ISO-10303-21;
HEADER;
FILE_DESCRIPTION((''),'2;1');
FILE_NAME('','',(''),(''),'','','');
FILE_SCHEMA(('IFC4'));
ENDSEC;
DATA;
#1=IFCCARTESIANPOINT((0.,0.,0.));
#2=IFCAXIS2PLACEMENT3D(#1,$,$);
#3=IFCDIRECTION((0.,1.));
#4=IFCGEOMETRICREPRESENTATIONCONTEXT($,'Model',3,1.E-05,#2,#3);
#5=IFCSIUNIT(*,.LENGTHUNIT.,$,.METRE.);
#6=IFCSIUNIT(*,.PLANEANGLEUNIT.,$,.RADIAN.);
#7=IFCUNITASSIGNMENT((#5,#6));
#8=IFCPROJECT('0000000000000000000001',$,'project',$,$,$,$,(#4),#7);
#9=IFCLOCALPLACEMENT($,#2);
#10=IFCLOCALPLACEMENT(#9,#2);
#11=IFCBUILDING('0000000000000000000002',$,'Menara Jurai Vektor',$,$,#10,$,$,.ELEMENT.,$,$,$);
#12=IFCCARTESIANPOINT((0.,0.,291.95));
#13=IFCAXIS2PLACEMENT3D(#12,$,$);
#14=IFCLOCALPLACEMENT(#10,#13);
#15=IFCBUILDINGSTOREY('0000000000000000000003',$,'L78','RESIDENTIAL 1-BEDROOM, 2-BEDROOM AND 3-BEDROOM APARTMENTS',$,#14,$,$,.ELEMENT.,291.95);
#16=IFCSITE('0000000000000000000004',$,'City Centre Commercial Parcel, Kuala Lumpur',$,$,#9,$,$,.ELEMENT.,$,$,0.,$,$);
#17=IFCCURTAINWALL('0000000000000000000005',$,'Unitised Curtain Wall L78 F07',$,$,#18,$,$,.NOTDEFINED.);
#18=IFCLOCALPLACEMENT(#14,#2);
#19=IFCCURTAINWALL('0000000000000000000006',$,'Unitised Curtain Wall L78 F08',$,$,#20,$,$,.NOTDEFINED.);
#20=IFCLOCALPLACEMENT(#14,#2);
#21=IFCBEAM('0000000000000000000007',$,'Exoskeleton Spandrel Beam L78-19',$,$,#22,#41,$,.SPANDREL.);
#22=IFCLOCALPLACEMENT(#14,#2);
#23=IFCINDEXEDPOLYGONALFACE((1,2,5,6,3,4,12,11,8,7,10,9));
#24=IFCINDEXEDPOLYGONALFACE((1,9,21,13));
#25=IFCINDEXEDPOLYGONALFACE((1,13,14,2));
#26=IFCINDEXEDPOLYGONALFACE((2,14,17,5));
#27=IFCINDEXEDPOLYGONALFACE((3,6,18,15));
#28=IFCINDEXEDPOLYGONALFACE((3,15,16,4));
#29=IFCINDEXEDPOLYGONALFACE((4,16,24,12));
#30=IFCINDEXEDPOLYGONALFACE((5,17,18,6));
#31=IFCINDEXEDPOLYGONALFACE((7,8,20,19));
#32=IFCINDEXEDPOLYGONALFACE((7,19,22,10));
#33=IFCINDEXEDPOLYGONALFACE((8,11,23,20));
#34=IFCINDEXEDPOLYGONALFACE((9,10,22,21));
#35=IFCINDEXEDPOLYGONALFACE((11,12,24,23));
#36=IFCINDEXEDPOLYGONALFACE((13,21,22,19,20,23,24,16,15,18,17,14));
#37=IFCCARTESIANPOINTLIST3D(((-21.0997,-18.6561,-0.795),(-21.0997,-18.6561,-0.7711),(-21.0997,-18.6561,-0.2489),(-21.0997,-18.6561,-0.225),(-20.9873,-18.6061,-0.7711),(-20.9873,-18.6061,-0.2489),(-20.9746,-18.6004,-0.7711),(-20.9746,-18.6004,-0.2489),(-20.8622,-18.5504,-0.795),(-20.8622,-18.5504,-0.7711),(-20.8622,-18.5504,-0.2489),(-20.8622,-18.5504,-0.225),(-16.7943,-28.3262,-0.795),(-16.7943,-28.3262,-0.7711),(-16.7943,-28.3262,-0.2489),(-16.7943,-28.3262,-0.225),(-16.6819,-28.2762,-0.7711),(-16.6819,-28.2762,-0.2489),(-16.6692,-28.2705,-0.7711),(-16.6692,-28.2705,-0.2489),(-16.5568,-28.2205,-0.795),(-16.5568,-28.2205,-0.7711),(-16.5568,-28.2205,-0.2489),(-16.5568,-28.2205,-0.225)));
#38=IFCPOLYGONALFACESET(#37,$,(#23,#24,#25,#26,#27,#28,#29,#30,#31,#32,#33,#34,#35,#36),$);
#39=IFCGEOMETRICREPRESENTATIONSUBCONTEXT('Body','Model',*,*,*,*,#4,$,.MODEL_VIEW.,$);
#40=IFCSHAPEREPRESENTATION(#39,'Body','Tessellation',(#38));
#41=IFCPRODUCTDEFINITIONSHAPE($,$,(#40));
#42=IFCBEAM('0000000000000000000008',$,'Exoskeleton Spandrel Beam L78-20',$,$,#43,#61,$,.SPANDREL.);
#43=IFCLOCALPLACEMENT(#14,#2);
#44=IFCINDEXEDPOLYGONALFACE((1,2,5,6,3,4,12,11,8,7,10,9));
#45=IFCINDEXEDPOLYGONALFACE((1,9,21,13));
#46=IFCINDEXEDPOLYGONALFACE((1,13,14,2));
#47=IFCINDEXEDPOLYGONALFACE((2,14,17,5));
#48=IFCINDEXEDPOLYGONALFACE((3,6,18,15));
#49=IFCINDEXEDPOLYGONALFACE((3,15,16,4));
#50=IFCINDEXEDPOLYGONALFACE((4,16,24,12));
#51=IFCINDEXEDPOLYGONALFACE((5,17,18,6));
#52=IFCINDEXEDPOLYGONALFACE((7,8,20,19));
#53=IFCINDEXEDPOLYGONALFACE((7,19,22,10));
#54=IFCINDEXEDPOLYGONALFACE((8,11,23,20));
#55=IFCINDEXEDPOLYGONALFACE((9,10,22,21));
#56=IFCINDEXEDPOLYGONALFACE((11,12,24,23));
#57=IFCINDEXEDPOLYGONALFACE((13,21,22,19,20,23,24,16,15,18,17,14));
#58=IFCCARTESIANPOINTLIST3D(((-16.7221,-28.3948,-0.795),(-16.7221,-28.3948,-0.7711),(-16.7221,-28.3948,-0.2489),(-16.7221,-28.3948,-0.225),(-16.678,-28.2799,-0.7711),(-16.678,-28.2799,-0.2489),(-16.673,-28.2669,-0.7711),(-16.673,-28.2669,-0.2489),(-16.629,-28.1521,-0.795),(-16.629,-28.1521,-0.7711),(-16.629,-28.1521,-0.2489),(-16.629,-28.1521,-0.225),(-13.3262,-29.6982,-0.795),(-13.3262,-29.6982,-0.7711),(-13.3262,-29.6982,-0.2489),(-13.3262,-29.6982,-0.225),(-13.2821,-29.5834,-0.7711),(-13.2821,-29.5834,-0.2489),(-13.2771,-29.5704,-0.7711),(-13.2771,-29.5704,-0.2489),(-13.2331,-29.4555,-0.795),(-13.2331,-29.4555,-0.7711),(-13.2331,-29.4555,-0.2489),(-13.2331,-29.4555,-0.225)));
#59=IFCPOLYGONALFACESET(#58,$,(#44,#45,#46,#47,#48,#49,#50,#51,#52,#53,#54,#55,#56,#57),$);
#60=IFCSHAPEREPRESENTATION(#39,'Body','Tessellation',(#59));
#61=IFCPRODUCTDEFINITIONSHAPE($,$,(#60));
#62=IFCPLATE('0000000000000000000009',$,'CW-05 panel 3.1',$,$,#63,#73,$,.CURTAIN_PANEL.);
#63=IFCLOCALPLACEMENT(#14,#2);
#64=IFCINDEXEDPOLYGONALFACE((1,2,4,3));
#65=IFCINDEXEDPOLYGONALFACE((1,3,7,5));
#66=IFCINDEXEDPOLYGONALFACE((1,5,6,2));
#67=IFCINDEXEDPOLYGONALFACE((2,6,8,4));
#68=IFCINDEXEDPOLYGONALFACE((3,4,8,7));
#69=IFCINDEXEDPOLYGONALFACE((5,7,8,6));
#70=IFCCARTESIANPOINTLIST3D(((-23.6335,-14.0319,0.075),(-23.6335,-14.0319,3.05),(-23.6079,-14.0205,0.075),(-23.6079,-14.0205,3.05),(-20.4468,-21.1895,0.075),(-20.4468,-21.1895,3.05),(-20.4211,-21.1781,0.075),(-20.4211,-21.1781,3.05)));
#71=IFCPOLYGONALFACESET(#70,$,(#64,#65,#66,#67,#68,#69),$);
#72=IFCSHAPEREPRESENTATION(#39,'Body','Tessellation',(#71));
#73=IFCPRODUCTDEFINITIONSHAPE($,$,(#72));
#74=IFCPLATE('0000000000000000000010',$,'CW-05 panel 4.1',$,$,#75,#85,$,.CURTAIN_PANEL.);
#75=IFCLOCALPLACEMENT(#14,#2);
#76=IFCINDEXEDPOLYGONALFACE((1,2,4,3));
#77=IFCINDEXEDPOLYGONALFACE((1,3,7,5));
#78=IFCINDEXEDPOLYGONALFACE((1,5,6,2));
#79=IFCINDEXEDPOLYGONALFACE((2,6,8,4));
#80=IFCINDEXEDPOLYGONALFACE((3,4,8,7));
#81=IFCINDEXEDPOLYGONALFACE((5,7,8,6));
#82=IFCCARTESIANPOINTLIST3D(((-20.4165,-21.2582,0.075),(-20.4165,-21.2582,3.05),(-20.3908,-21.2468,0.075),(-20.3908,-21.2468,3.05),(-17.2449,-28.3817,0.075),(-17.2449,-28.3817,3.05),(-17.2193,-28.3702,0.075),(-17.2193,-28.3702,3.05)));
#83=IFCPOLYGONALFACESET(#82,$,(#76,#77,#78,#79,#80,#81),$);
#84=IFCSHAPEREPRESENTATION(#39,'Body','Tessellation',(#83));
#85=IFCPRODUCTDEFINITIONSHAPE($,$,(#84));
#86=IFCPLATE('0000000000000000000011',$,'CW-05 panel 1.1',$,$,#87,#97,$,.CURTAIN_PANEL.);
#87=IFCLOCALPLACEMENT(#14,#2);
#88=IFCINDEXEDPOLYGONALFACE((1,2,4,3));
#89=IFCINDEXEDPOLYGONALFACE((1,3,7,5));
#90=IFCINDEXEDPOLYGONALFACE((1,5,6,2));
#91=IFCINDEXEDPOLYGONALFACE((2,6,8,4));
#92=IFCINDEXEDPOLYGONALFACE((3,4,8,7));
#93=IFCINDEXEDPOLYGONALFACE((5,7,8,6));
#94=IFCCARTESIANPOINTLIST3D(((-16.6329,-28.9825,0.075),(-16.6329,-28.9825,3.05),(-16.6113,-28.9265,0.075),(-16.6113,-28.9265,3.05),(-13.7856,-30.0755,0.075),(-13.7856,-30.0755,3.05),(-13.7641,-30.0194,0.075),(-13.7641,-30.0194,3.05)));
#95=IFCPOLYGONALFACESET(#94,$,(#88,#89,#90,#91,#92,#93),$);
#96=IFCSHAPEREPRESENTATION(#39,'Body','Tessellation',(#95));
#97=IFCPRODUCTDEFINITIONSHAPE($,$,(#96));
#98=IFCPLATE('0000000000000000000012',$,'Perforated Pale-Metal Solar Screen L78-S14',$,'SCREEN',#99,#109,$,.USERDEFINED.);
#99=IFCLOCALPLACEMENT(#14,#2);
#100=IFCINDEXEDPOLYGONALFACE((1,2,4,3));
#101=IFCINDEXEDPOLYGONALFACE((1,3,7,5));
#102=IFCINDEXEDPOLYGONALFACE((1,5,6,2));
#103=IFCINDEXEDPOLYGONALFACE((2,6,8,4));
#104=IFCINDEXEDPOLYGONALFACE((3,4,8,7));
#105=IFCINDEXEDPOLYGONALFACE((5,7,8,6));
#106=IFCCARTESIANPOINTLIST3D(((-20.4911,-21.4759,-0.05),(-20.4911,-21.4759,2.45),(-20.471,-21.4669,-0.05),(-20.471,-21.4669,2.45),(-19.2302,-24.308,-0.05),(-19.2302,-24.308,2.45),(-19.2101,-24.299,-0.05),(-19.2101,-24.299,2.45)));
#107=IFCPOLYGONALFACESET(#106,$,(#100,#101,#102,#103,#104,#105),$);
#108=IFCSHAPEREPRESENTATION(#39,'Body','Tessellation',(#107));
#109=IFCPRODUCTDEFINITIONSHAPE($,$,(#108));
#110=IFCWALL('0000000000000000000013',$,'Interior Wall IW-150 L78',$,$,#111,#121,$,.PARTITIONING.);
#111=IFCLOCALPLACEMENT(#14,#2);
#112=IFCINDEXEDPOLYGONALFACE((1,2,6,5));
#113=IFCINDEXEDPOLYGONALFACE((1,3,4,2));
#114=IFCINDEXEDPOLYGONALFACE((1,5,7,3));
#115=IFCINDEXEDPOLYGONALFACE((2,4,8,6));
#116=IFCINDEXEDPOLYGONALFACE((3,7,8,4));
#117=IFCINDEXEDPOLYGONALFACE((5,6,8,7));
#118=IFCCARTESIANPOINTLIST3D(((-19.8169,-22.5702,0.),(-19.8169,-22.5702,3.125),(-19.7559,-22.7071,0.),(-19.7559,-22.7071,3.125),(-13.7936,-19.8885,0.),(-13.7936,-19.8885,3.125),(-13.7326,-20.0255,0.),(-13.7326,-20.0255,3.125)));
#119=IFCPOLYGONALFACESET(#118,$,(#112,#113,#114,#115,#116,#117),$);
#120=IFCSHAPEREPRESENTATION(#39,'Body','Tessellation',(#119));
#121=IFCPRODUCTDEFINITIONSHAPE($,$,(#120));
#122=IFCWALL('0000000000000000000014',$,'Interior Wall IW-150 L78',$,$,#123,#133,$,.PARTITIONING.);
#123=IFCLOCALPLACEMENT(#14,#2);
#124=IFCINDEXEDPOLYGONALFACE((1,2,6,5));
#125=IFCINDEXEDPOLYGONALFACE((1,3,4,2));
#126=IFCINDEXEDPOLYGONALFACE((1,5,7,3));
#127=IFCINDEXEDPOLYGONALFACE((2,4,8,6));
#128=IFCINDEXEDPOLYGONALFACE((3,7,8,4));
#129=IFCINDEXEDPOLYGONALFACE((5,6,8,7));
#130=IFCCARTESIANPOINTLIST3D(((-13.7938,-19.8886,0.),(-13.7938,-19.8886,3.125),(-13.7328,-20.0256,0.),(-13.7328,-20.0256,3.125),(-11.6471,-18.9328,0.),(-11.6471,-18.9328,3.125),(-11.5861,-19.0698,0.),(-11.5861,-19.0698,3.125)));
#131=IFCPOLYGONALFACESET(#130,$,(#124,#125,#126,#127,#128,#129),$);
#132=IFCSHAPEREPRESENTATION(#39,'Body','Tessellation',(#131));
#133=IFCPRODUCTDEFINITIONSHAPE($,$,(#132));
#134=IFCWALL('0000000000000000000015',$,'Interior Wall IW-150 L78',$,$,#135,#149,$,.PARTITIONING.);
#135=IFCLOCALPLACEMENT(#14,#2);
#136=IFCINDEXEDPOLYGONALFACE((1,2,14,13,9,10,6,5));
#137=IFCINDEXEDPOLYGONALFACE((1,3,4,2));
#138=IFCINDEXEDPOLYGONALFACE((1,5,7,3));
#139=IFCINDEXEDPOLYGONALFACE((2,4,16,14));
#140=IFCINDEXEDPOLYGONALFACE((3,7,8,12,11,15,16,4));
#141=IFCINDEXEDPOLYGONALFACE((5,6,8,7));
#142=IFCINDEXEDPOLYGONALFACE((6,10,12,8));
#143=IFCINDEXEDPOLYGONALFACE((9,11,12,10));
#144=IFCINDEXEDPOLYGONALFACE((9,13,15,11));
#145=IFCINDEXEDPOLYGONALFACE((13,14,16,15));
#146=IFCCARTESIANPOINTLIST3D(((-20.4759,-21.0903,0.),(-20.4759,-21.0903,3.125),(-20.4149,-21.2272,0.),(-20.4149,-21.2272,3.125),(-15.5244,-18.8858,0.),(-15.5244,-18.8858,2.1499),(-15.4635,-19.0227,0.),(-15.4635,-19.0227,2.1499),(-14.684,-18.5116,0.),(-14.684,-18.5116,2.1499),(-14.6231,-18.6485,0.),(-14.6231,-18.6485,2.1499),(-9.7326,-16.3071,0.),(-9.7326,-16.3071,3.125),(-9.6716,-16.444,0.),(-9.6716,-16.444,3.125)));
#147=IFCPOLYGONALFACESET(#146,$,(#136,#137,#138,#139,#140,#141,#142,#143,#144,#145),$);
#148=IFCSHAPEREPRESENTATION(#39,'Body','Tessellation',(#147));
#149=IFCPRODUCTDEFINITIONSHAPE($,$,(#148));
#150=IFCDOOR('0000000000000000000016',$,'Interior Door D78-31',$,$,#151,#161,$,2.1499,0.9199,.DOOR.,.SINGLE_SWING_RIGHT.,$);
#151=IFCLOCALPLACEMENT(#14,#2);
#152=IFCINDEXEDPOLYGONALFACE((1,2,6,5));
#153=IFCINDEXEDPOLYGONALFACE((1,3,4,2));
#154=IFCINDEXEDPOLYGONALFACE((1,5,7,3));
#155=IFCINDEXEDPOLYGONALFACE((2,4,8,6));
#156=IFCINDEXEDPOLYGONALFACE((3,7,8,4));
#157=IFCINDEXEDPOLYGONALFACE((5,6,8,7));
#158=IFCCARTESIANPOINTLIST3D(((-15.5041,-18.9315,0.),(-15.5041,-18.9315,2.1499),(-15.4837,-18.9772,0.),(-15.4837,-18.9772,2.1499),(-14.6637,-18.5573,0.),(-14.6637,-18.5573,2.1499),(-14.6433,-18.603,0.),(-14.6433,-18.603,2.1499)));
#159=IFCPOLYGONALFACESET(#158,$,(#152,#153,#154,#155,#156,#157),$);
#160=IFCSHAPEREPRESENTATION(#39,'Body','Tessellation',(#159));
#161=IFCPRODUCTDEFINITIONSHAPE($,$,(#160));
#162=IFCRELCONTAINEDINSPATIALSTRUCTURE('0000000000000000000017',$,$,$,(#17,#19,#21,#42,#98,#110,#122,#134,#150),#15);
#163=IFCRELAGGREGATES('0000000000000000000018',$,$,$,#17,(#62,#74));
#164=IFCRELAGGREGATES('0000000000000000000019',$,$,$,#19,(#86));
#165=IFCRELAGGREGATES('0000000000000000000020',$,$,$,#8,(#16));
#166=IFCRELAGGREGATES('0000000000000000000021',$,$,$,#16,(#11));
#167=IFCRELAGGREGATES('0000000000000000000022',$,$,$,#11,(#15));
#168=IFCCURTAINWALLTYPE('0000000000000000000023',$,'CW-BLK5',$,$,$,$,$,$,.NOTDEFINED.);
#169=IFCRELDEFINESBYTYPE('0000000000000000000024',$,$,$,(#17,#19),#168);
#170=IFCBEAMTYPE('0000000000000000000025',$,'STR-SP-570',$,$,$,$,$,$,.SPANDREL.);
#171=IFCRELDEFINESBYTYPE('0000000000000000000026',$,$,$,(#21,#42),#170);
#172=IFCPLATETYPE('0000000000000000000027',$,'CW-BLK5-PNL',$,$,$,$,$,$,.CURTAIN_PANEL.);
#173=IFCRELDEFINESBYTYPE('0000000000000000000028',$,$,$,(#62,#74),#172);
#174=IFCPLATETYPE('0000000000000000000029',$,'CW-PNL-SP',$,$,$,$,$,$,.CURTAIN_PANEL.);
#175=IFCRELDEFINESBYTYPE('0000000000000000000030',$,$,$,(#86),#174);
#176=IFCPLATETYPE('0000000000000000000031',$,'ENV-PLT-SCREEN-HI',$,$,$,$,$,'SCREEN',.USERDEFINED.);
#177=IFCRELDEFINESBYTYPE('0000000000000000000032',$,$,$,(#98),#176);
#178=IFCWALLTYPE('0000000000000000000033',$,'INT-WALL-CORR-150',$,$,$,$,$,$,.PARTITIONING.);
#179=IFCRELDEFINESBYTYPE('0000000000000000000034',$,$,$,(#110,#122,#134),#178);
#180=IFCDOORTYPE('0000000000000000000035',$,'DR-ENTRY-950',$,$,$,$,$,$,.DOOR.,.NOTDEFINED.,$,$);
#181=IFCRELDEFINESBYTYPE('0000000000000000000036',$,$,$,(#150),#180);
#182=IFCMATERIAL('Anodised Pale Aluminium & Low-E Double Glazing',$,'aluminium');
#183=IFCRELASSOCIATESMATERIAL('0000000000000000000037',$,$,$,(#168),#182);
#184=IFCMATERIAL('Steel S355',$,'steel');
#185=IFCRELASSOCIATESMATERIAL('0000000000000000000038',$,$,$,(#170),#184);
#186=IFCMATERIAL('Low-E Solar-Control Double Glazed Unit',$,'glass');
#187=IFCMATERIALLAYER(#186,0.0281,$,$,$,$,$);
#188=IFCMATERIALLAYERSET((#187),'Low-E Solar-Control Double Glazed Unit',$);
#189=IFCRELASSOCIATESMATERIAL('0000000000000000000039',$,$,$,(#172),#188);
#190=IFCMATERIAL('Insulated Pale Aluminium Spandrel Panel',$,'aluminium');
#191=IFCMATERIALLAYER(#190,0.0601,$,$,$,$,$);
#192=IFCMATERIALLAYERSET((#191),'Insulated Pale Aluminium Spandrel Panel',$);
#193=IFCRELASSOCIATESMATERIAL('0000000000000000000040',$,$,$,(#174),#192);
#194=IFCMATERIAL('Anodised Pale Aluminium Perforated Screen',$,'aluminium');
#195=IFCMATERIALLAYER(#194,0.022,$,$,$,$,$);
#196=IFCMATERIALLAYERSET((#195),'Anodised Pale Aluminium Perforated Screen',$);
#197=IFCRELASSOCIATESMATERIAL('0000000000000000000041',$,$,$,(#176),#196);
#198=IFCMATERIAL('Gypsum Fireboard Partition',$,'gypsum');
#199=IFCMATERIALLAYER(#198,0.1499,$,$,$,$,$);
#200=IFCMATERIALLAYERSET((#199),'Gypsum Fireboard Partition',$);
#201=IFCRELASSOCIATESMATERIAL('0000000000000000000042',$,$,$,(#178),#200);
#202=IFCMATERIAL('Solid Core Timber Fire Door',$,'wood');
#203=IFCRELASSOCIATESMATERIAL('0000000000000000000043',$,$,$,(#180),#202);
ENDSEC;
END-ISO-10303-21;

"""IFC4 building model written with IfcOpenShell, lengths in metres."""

from ifc_helpers import new_model, si_unit, direction, frame, frame_2d, origin, origin_2d, place, context, subcontext, project, spatial, rectangle, i_section, extrude, material, layer, layer_set, material_profile, profile_set, type_object, element, fill, aggregate, save


model = new_model("IFC4")

# Units and contexts
model_context = context("Model", 3, precision=1e-05, world=origin(), true_north=direction((0.0, 1.0)))
body_context = subcontext(model_context, "Body", "Model", "MODEL_VIEW")
ifc_project = project(units=[si_unit("LENGTHUNIT", "METRE"), si_unit("PLANEANGLEUNIT", "RADIAN")], contexts=[model_context])

# Site, building, storey
site_placement = place(None, origin())
site = spatial("IfcSite", under=ifc_project, at=site_placement, Name="City Centre Commercial Parcel, Kuala Lumpur", CompositionType="ELEMENT", RefElevation=0.0)
building_placement = place(site_placement, origin())
building = spatial("IfcBuilding", under=site, at=building_placement, Name="Menara Jurai Vektor", CompositionType="ELEMENT")
storey_placement = place(building_placement, frame((0.0, 0.0, 291.95)))
storey = spatial("IfcBuildingStorey", under=building, at=storey_placement, Name="L78", Description="RESIDENTIAL 1-BEDROOM, 2-BEDROOM AND 3-BEDROOM APARTMENTS", CompositionType="ELEMENT", Elevation=291.95)

# Curtain wall
ifc_material_1 = material(Name="Anodised Pale Aluminium & Low-E Double Glazing", Category="aluminium")
curtain_wall_type = type_object("IfcCurtainWallType", Name="CW-BLK5", PredefinedType="NOTDEFINED", material=ifc_material_1)
curtain_wall_1_placement = place(storey_placement, origin())
curtain_wall_1 = element("IfcCurtainWall", 1, at=curtain_wall_1_placement, inside=storey, type_object=curtain_wall_type, Name="Unitised Curtain Wall L78 F07", PredefinedType="NOTDEFINED")

# Curtain wall
curtain_wall_2_placement = place(storey_placement, origin())
curtain_wall_2 = element("IfcCurtainWall", 2, at=curtain_wall_2_placement, inside=storey, type_object=curtain_wall_type, Name="Unitised Curtain Wall L78 F08", PredefinedType="NOTDEFINED")

# Shared definitions
ifc_material_2 = material(Name="Steel S355", Category="steel")

# Beams
ifc_material_profile_1 = material_profile(ifc_material_2, i_section(OverallWidth=0.26, OverallDepth=0.5701, WebThickness=0.0139, FlangeThickness=0.0239, at=origin_2d()), Name="PG 570x260x145")
ifc_profile_set_1 = profile_set([ifc_material_profile_1], Name="Steel S355")
beam_type_1 = type_object("IfcBeamType", Name="STR-SP-570", PredefinedType="SPANDREL", material=ifc_profile_set_1)
beam_1_placement = place(storey_placement, frame((-20.981, -18.6033, -0.51), z_axis=(0.406735, -0.913546, 0.0), x_axis=(0.913546, 0.406735, 0.0)))
element("IfcBeam", 3, at=beam_1_placement, inside=storey, type_object=beam_type_1, Name="Exoskeleton Spandrel Beam L78-19", PredefinedType="SPANDREL", context=body_context, shape_type="SweptSolid", body=[
    extrude(i_section(OverallWidth=0.26, OverallDepth=0.5701, WebThickness=0.0139, FlangeThickness=0.0239, at=origin_2d()), origin(), (0.0, 0.0, 1.0), 10.5852),
])
beam_2_placement = place(storey_placement, frame((-16.6755, -28.2734, -0.51), z_axis=(0.933593, -0.358336, 0.0), x_axis=(0.358336, 0.933593, 0.0)))
element("IfcBeam", 4, at=beam_2_placement, inside=storey, type_object=beam_type_1, Name="Exoskeleton Spandrel Beam L78-20", PredefinedType="SPANDREL", context=body_context, shape_type="SweptSolid", body=[
    extrude(i_section(OverallWidth=0.26, OverallDepth=0.5701, WebThickness=0.0139, FlangeThickness=0.0239, at=origin_2d()), origin(), (0.0, 0.0, 1.0), 3.6375),
])

# Plates
ifc_material_3 = material(Name="Low-E Solar-Control Double Glazed Unit", Category="glass")
ifc_layer_1 = layer(ifc_material_3, 0.0281)
ifc_layer_set_1 = layer_set([ifc_layer_1], Name="Low-E Solar-Control Double Glazed Unit")
plate_type_1 = type_object("IfcPlateType", Name="CW-BLK5-PNL", PredefinedType="CURTAIN_PANEL", material=ifc_layer_set_1)
plate_1_placement = place(storey_placement, frame((-22.0273, -17.605, 0.075), z_axis=(0.0, 0.0, 1.0), x_axis=(0.406735, -0.913546, 0.0)))
plate_1 = element("IfcPlate", 5, at=plate_1_placement, type_object=plate_type_1, Name="CW-05 panel 3.1", PredefinedType="CURTAIN_PANEL", context=body_context, shape_type="SweptSolid", body=[
    extrude(rectangle(XDim=7.835, YDim=0.0281, at=origin_2d()), origin(), (0.0, 0.0, 1.0), 2.9751),
])
plate_2_placement = place(storey_placement, frame((-18.8179, -24.8142, 0.075), z_axis=(0.0, 0.0, 1.0), x_axis=(0.406735, -0.913546, 0.0)))
plate_2 = element("IfcPlate", 6, at=plate_2_placement, type_object=plate_type_1, Name="CW-05 panel 4.1", PredefinedType="CURTAIN_PANEL", context=body_context, shape_type="SweptSolid", body=[
    extrude(rectangle(XDim=7.7976, YDim=0.0281, at=origin_2d()), origin(), (0.0, 0.0, 1.0), 2.9751),
])
aggregate(curtain_wall_1, [plate_1, plate_2])
ifc_material_4 = material(Name="Insulated Pale Aluminium Spandrel Panel", Category="aluminium")
ifc_layer_2 = layer(ifc_material_4, 0.0601)
ifc_layer_set_2 = layer_set([ifc_layer_2], Name="Insulated Pale Aluminium Spandrel Panel")
plate_type_2 = type_object("IfcPlateType", Name="CW-PNL-SP", PredefinedType="CURTAIN_PANEL", material=ifc_layer_set_2)
plate_3_placement = place(storey_placement, frame((-15.1985, -29.501, 0.075), z_axis=(0.0, 0.0, 1.0), x_axis=(0.933578, -0.358374, 0.0)))
plate_3 = element("IfcPlate", 7, at=plate_3_placement, type_object=plate_type_2, Name="CW-05 panel 1.1", PredefinedType="CURTAIN_PANEL", context=body_context, shape_type="SweptSolid", body=[
    extrude(rectangle(XDim=3.0498, YDim=0.0601, at=origin_2d()), origin(), (0.0, 0.0, 1.0), 2.9751),
])
aggregate(curtain_wall_2, [plate_3])
ifc_material_5 = material(Name="Anodised Pale Aluminium Perforated Screen", Category="aluminium")
ifc_layer_3 = layer(ifc_material_5, 0.022)
ifc_layer_set_3 = layer_set([ifc_layer_3], Name="Anodised Pale Aluminium Perforated Screen")
plate_type_3 = type_object("IfcPlateType", Name="ENV-PLT-SCREEN-HI", ElementType="SCREEN", PredefinedType="USERDEFINED", material=ifc_layer_set_3)
plate_4_placement = place(storey_placement, frame((-19.8506, -22.8875, -0.05), z_axis=(0.0, 0.0, 1.0), x_axis=(0.406737, -0.913545, 0.0)))
element("IfcPlate", 8, at=plate_4_placement, inside=storey, type_object=plate_type_3, Name="Perforated Pale-Metal Solar Screen L78-S14", ObjectType="SCREEN", PredefinedType="USERDEFINED", context=body_context, shape_type="SweptSolid", body=[
    extrude(rectangle(XDim=3.1001, YDim=0.022, at=origin_2d()), origin(), (0.0, 0.0, 1.0), 2.5),
])

# Walls
ifc_material_6 = material(Name="Gypsum Fireboard Partition", Category="gypsum")
ifc_layer_4 = layer(ifc_material_6, 0.1499)
ifc_layer_set_4 = layer_set([ifc_layer_4], Name="Gypsum Fireboard Partition")
wall_type = type_object("IfcWallType", Name="INT-WALL-CORR-150", PredefinedType="PARTITIONING", material=ifc_layer_set_4)
wall_1_placement = place(storey_placement, frame((-19.7864, -22.6387, 0.0), z_axis=(0.0, 0.0, 1.0), x_axis=(0.913549, 0.406729, 0.0)))
element("IfcWall", 9, at=wall_1_placement, inside=storey, type_object=wall_type, Name="Interior Wall IW-150 L78", PredefinedType="PARTITIONING", context=body_context, shape_type="SweptSolid", body=[
    extrude(rectangle(XDim=6.5933, YDim=0.1499, at=frame_2d((3.2966, 0.0))), origin(), (0.0, 0.0, 1.0), 3.125),
])
wall_2_placement = place(storey_placement, frame((-13.7632, -19.957, 0.0), z_axis=(0.0, 0.0, 1.0), x_axis=(0.913541, 0.406746, 0.0)))
element("IfcWall", 10, at=wall_2_placement, inside=storey, type_object=wall_type, Name="Interior Wall IW-150 L78", PredefinedType="PARTITIONING", context=body_context, shape_type="SweptSolid", body=[
    extrude(rectangle(XDim=2.3499, YDim=0.1499, at=frame_2d((1.1748, 0.0))), origin(), (0.0, 0.0, 1.0), 3.125),
])

# Wall, opening, door
wall_3_placement = place(storey_placement, frame((-20.4453, -21.1587, 0.0), z_axis=(0.0, 0.0, 1.0), x_axis=(0.913548, 0.406732, 0.0)))
wall_3 = element("IfcWall", 11, at=wall_3_placement, inside=storey, type_object=wall_type, Name="Interior Wall IW-150 L78", PredefinedType="PARTITIONING", context=body_context, shape_type="SweptSolid", body=[
    extrude(rectangle(XDim=11.76, YDim=0.1499, at=frame_2d((5.8799, 0.0))), origin(), (0.0, 0.0, 1.0), 3.125),
])
opening_1_placement = place(wall_3_placement, frame((5.4199, 0.0, 0.0)))
opening_1 = element("IfcOpeningElement", 12, at=opening_1_placement, cuts=wall_3, PredefinedType="OPENING", context=body_context, shape_type="SweptSolid", body=[
    extrude(rectangle(XDim=0.9199, YDim=2.1499, at=frame_2d((0.46, 1.075))), frame((0.0, 0.085, 0.0), z_axis=(0.0, -1.0, 0.0), x_axis=(1.0, 0.0, 0.0)), (0.0, 0.0, 1.0), 0.1699),
])
ifc_material_7 = material(Name="Solid Core Timber Fire Door", Category="wood")
door_type = type_object("IfcDoorType", Name="DR-ENTRY-950", OperationType="NOTDEFINED", PredefinedType="DOOR", material=ifc_material_7)
door_1_placement = place(opening_1_placement, origin())
door_1 = element("IfcDoor", 13, at=door_1_placement, inside=storey, type_object=door_type, Name="Interior Door D78-31", OperationType="SINGLE_SWING_RIGHT", OverallHeight=2.1499, OverallWidth=0.9199, PredefinedType="DOOR", context=body_context, shape_type="SweptSolid", body=[
    extrude(rectangle(XDim=0.9199, YDim=2.1499, at=frame_2d((0.46, 1.075))), frame((0.0, 0.0249, 0.0), z_axis=(0.0, -1.0, 0.0), x_axis=(1.0, 0.0, 0.0)), (0.0, 0.0, 1.0), 0.05),
])
fill(opening_1, door_1)

save(model, "model.ifc")
